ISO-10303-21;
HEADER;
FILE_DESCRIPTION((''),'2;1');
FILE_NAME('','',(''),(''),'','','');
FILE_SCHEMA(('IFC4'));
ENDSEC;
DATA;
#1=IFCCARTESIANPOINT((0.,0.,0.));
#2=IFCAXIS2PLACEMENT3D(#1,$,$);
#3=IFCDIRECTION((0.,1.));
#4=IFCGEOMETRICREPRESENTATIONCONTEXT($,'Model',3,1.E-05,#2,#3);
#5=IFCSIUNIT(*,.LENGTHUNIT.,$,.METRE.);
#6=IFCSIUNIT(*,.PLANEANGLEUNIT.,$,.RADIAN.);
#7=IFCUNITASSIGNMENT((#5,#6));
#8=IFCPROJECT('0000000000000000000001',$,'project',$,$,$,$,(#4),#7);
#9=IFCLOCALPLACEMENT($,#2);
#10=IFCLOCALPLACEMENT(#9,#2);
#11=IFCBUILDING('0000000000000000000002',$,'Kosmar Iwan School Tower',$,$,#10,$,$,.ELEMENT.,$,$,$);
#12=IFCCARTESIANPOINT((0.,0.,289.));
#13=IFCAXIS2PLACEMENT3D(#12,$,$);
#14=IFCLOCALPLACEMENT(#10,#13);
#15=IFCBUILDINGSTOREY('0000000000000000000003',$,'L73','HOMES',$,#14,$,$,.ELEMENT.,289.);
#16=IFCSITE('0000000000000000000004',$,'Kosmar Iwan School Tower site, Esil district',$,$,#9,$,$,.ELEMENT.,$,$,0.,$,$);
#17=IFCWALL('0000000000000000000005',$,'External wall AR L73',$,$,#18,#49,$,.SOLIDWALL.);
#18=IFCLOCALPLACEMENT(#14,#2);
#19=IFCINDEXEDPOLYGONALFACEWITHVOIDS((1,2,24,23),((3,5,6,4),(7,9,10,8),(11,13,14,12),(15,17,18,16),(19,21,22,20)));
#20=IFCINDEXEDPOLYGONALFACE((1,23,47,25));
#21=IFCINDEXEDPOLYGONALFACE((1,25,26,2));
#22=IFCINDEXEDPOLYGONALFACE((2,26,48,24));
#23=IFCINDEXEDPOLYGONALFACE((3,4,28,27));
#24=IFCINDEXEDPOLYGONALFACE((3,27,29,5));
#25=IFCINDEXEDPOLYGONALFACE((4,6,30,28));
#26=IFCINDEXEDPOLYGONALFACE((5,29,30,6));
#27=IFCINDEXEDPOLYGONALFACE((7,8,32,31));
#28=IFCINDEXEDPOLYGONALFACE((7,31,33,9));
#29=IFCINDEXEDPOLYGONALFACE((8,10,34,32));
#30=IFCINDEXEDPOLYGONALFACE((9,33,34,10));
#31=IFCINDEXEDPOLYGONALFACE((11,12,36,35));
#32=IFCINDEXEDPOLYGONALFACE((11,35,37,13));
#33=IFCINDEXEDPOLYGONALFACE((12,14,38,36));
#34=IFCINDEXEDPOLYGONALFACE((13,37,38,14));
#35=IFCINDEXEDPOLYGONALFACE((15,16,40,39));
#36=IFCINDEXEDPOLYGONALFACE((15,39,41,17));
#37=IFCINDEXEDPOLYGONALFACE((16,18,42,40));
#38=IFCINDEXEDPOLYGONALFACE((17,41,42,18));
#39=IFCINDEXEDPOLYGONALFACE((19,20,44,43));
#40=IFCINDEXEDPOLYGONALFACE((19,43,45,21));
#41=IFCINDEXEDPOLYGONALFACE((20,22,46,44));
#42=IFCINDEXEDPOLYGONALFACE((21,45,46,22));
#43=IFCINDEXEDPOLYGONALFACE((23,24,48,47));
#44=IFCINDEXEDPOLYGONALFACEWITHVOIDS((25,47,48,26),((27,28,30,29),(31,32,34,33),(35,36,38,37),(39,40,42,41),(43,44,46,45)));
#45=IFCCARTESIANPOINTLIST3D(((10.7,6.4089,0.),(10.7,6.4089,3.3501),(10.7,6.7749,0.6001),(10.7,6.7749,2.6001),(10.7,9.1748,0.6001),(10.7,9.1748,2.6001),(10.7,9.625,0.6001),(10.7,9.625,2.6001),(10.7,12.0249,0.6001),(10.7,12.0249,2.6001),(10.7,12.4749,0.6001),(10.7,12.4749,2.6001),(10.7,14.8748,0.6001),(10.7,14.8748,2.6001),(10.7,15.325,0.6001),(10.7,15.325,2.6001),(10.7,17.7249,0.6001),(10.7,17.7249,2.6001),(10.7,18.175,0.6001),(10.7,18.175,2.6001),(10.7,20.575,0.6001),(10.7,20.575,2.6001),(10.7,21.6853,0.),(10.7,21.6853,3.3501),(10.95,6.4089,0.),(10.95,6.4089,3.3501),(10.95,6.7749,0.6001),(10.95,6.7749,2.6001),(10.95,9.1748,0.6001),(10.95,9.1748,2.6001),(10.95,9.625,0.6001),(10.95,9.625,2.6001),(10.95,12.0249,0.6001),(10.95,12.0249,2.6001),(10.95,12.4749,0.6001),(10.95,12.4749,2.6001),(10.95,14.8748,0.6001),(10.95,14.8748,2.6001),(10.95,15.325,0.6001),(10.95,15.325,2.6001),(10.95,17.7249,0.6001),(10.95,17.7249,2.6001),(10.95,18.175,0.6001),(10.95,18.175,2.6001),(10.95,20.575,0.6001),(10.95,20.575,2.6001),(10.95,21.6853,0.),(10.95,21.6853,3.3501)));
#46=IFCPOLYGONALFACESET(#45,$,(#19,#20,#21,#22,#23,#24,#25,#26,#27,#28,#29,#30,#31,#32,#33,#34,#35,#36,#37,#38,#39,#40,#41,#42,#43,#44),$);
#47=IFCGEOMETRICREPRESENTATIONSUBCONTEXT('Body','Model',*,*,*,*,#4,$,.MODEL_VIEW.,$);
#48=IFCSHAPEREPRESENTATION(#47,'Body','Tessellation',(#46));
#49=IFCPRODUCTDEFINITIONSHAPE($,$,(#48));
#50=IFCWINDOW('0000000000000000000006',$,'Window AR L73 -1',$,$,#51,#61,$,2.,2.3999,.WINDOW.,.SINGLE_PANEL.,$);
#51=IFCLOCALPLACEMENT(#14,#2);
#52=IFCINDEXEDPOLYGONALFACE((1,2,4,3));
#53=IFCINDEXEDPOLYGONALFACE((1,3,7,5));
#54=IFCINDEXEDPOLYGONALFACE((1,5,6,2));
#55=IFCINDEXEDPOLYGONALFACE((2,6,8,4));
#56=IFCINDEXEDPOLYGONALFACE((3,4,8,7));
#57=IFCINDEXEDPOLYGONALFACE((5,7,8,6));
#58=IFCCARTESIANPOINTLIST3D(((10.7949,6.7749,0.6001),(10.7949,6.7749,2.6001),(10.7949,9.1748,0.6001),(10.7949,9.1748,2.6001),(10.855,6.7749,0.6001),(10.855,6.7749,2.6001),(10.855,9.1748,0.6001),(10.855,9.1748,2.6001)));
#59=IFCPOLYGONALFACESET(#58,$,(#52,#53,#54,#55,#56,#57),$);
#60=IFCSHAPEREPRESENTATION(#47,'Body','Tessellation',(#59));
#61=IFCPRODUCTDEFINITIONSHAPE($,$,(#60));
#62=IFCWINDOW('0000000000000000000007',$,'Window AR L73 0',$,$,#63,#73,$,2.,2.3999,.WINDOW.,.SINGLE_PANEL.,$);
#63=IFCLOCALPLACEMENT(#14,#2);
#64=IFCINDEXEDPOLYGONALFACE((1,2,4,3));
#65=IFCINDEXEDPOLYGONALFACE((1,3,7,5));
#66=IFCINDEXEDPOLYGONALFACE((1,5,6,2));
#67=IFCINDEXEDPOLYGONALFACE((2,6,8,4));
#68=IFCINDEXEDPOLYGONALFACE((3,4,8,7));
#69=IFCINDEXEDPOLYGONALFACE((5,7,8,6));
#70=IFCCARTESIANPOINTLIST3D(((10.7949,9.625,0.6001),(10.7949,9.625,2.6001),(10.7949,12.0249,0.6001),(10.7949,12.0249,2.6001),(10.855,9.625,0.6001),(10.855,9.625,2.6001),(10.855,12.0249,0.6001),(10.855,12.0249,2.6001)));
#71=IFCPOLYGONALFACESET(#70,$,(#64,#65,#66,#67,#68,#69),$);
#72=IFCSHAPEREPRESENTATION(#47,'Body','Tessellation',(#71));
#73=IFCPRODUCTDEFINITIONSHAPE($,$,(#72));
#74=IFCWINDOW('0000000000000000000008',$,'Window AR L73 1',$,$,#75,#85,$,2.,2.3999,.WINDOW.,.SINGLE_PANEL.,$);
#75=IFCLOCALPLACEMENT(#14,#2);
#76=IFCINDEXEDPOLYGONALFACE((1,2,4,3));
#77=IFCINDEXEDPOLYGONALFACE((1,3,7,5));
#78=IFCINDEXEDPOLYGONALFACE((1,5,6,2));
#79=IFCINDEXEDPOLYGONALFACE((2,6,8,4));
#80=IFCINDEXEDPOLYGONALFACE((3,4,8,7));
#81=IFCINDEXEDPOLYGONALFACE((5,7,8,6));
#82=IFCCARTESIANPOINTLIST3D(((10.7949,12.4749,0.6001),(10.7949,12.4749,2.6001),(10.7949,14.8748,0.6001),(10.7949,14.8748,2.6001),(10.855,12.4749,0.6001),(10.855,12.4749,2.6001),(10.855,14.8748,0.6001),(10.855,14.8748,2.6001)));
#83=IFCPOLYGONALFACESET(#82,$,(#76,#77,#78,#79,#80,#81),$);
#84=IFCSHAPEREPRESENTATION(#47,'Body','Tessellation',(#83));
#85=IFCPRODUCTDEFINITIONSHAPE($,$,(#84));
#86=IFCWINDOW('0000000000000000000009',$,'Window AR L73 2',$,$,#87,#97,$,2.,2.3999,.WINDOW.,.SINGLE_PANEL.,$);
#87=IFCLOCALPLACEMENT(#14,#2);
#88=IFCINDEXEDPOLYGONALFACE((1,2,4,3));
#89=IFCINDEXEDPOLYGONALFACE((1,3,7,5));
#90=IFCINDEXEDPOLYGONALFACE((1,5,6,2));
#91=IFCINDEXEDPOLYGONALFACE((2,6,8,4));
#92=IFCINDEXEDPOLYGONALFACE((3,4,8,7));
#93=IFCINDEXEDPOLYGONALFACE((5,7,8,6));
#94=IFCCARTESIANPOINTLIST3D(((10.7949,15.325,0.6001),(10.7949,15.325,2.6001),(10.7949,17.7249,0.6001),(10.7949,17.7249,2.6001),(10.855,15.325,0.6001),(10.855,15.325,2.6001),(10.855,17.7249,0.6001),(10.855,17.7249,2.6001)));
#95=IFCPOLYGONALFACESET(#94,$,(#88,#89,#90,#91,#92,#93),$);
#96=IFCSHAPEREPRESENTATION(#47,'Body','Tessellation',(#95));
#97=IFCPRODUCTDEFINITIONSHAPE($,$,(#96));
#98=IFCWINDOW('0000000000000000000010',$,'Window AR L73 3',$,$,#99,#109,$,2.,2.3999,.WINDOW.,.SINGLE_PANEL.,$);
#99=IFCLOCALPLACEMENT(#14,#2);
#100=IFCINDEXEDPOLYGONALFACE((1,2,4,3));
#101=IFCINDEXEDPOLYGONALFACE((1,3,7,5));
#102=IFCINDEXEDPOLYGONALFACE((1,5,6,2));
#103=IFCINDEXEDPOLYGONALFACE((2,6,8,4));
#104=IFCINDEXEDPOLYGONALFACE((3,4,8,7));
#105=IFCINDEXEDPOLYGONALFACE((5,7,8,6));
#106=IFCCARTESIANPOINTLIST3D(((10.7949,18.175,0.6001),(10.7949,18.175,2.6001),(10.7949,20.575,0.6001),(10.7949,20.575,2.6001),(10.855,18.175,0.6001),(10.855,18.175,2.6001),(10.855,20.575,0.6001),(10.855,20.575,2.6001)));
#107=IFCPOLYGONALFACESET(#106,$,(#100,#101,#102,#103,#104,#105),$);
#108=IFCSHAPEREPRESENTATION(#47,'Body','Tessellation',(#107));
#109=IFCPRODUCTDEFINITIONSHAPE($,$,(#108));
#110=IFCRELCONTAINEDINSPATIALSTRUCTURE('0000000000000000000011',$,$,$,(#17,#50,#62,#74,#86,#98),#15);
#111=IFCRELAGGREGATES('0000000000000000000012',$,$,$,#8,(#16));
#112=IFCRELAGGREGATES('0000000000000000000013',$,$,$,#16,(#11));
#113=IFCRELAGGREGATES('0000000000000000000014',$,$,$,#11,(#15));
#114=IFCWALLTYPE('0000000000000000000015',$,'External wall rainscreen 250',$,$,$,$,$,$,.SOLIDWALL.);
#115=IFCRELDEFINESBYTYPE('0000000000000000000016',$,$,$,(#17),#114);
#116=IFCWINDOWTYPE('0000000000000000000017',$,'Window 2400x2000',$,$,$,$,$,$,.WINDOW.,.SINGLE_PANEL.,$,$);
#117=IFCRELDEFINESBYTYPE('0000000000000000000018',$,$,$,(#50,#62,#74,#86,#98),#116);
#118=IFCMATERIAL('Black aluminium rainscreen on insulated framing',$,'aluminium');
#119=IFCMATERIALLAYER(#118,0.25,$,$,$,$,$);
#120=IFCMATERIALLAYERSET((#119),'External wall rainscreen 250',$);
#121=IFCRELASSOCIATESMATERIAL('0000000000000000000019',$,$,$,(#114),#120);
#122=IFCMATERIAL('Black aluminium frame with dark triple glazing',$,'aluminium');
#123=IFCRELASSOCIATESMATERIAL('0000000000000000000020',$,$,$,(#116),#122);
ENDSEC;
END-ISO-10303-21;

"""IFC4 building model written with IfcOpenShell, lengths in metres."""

from ifc_helpers import new_model, si_unit, direction, frame, frame_2d, origin, place, context, subcontext, project, spatial, rectangle, extrude, material, layer, layer_set, type_object, element, fill, save


model = new_model("IFC4")

# Units and contexts
model_context = context("Model", 3, precision=1e-05, world=origin(), true_north=direction((0.0, 1.0)))
body_context = subcontext(model_context, "Body", "Model", "MODEL_VIEW")
ifc_project = project(units=[si_unit("LENGTHUNIT", "METRE"), si_unit("PLANEANGLEUNIT", "RADIAN")], contexts=[model_context])

# Site, building, storey
site_placement = place(None, origin())
site = spatial("IfcSite", under=ifc_project, at=site_placement, Name="Kosmar Iwan School Tower site, Esil district", CompositionType="ELEMENT", RefElevation=0.0)
building_placement = place(site_placement, origin())
building = spatial("IfcBuilding", under=site, at=building_placement, Name="Kosmar Iwan School Tower", CompositionType="ELEMENT")
storey_placement = place(building_placement, frame((0.0, 0.0, 289.0)))
storey = spatial("IfcBuildingStorey", under=building, at=storey_placement, Name="L73", Description="HOMES", CompositionType="ELEMENT", Elevation=289.0)

# Wall, openings, windows
ifc_material_1 = material(Name="Black aluminium rainscreen on insulated framing", Category="aluminium")
ifc_layer_1 = layer(ifc_material_1, 0.25)
ifc_layer_set_1 = layer_set([ifc_layer_1], Name="External wall rainscreen 250")
wall_type_1 = type_object("IfcWallType", Name="External wall rainscreen 250", PredefinedType="SOLIDWALL", material=ifc_layer_set_1)
ifc_material_2 = material(Name="Black aluminium frame with dark triple glazing", Category="aluminium")
window_type = type_object("IfcWindowType", Name="Window 2400x2000", PartitioningType="SINGLE_PANEL", PredefinedType="WINDOW", material=ifc_material_2)
wall_1_placement = place(storey_placement, frame((10.825, 6.4089, 0.0), z_axis=(0.0, 0.0, 1.0), x_axis=(0.0, 1.0, 0.0)))
wall_1 = element("IfcWall", 1, at=wall_1_placement, inside=storey, type_object=wall_type_1, Name="External wall AR L73", PredefinedType="SOLIDWALL", context=body_context, shape_type="SweptSolid", body=[
    extrude(rectangle(XDim=15.2764, YDim=0.25, at=frame_2d((7.6382, 0.0))), origin(), (0.0, 0.0, 1.0), 3.3501),
])
opening_1_placement = place(wall_1_placement, frame((0.366, 0.0, 0.6001)))
opening_1 = element("IfcOpeningElement", 2, at=opening_1_placement, cuts=wall_1, PredefinedType="OPENING", context=body_context, shape_type="SweptSolid", body=[
    extrude(rectangle(XDim=2.3999, YDim=2.0, at=frame_2d((1.2, 1.0))), frame((0.0, 0.137, 0.0), z_axis=(0.0, -1.0, 0.0), x_axis=(1.0, 0.0, 0.0)), (0.0, 0.0, 1.0), 0.2739),
])
opening_2_placement = place(wall_1_placement, frame((3.2161, 0.0, 0.6001)))
opening_2 = element("IfcOpeningElement", 3, at=opening_2_placement, cuts=wall_1, PredefinedType="OPENING", context=body_context, shape_type="SweptSolid", body=[
    extrude(rectangle(XDim=2.3999, YDim=2.0, at=frame_2d((1.2, 1.0))), frame((0.0, 0.137, 0.0), z_axis=(0.0, -1.0, 0.0), x_axis=(1.0, 0.0, 0.0)), (0.0, 0.0, 1.0), 0.2739),
])
opening_3_placement = place(wall_1_placement, frame((6.0659, 0.0, 0.6001)))
opening_3 = element("IfcOpeningElement", 4, at=opening_3_placement, cuts=wall_1, PredefinedType="OPENING", context=body_context, shape_type="SweptSolid", body=[
    extrude(rectangle(XDim=2.3999, YDim=2.0, at=frame_2d((1.2, 1.0))), frame((0.0, 0.137, 0.0), z_axis=(0.0, -1.0, 0.0), x_axis=(1.0, 0.0, 0.0)), (0.0, 0.0, 1.0), 0.2739),
])
opening_4_placement = place(wall_1_placement, frame((8.916, 0.0, 0.6001)))
opening_4 = element("IfcOpeningElement", 5, at=opening_4_placement, cuts=wall_1, PredefinedType="OPENING", context=body_context, shape_type="SweptSolid", body=[
    extrude(rectangle(XDim=2.3999, YDim=2.0, at=frame_2d((1.2, 1.0))), frame((0.0, 0.137, 0.0), z_axis=(0.0, -1.0, 0.0), x_axis=(1.0, 0.0, 0.0)), (0.0, 0.0, 1.0), 0.2739),
])
opening_5_placement = place(wall_1_placement, frame((11.7661, 0.0, 0.6001)))
opening_5 = element("IfcOpeningElement", 6, at=opening_5_placement, cuts=wall_1, PredefinedType="OPENING", context=body_context, shape_type="SweptSolid", body=[
    extrude(rectangle(XDim=2.3999, YDim=2.0, at=frame_2d((1.2, 1.0))), frame((0.0, 0.137, 0.0), z_axis=(0.0, -1.0, 0.0), x_axis=(1.0, 0.0, 0.0)), (0.0, 0.0, 1.0), 0.2739),
])
window_1_placement = place(opening_1_placement, origin())
window_1 = element("IfcWindow", 7, at=window_1_placement, inside=storey, type_object=window_type, Name="Window AR L73 -1", OverallHeight=2.0, OverallWidth=2.3999, PartitioningType="SINGLE_PANEL", PredefinedType="WINDOW", context=body_context, shape_type="SweptSolid", body=[
    extrude(rectangle(XDim=2.3999, YDim=2.0, at=frame_2d((1.2, 1.0))), frame((0.0, 0.03, 0.0), z_axis=(0.0, -1.0, 0.0), x_axis=(1.0, 0.0, 0.0)), (0.0, 0.0, 1.0), 0.0601),
])
fill(opening_1, window_1)
window_2_placement = place(opening_2_placement, origin())
window_2 = element("IfcWindow", 8, at=window_2_placement, inside=storey, type_object=window_type, Name="Window AR L73 0", OverallHeight=2.0, OverallWidth=2.3999, PartitioningType="SINGLE_PANEL", PredefinedType="WINDOW", context=body_context, shape_type="SweptSolid", body=[
    extrude(rectangle(XDim=2.3999, YDim=2.0, at=frame_2d((1.2, 1.0))), frame((0.0, 0.03, 0.0), z_axis=(0.0, -1.0, 0.0), x_axis=(1.0, 0.0, 0.0)), (0.0, 0.0, 1.0), 0.0601),
])
fill(opening_2, window_2)
window_3_placement = place(opening_3_placement, origin())
window_3 = element("IfcWindow", 9, at=window_3_placement, inside=storey, type_object=window_type, Name="Window AR L73 1", OverallHeight=2.0, OverallWidth=2.3999, PartitioningType="SINGLE_PANEL", PredefinedType="WINDOW", context=body_context, shape_type="SweptSolid", body=[
    extrude(rectangle(XDim=2.3999, YDim=2.0, at=frame_2d((1.2, 1.0))), frame((0.0, 0.03, 0.0), z_axis=(0.0, -1.0, 0.0), x_axis=(1.0, 0.0, 0.0)), (0.0, 0.0, 1.0), 0.0601),
])
fill(opening_3, window_3)
window_4_placement = place(opening_4_placement, origin())
window_4 = element("IfcWindow", 10, at=window_4_placement, inside=storey, type_object=window_type, Name="Window AR L73 2", OverallHeight=2.0, OverallWidth=2.3999, PartitioningType="SINGLE_PANEL", PredefinedType="WINDOW", context=body_context, shape_type="SweptSolid", body=[
    extrude(rectangle(XDim=2.3999, YDim=2.0, at=frame_2d((1.2, 1.0))), frame((0.0, 0.03, 0.0), z_axis=(0.0, -1.0, 0.0), x_axis=(1.0, 0.0, 0.0)), (0.0, 0.0, 1.0), 0.0601),
])
fill(opening_4, window_4)
window_5_placement = place(opening_5_placement, origin())
window_5 = element("IfcWindow", 11, at=window_5_placement, inside=storey, type_object=window_type, Name="Window AR L73 3", OverallHeight=2.0, OverallWidth=2.3999, PartitioningType="SINGLE_PANEL", PredefinedType="WINDOW", context=body_context, shape_type="SweptSolid", body=[
    extrude(rectangle(XDim=2.3999, YDim=2.0, at=frame_2d((1.2, 1.0))), frame((0.0, 0.03, 0.0), z_axis=(0.0, -1.0, 0.0), x_axis=(1.0, 0.0, 0.0)), (0.0, 0.0, 1.0), 0.0601),
])
fill(opening_5, window_5)

save(model, "model.ifc")
